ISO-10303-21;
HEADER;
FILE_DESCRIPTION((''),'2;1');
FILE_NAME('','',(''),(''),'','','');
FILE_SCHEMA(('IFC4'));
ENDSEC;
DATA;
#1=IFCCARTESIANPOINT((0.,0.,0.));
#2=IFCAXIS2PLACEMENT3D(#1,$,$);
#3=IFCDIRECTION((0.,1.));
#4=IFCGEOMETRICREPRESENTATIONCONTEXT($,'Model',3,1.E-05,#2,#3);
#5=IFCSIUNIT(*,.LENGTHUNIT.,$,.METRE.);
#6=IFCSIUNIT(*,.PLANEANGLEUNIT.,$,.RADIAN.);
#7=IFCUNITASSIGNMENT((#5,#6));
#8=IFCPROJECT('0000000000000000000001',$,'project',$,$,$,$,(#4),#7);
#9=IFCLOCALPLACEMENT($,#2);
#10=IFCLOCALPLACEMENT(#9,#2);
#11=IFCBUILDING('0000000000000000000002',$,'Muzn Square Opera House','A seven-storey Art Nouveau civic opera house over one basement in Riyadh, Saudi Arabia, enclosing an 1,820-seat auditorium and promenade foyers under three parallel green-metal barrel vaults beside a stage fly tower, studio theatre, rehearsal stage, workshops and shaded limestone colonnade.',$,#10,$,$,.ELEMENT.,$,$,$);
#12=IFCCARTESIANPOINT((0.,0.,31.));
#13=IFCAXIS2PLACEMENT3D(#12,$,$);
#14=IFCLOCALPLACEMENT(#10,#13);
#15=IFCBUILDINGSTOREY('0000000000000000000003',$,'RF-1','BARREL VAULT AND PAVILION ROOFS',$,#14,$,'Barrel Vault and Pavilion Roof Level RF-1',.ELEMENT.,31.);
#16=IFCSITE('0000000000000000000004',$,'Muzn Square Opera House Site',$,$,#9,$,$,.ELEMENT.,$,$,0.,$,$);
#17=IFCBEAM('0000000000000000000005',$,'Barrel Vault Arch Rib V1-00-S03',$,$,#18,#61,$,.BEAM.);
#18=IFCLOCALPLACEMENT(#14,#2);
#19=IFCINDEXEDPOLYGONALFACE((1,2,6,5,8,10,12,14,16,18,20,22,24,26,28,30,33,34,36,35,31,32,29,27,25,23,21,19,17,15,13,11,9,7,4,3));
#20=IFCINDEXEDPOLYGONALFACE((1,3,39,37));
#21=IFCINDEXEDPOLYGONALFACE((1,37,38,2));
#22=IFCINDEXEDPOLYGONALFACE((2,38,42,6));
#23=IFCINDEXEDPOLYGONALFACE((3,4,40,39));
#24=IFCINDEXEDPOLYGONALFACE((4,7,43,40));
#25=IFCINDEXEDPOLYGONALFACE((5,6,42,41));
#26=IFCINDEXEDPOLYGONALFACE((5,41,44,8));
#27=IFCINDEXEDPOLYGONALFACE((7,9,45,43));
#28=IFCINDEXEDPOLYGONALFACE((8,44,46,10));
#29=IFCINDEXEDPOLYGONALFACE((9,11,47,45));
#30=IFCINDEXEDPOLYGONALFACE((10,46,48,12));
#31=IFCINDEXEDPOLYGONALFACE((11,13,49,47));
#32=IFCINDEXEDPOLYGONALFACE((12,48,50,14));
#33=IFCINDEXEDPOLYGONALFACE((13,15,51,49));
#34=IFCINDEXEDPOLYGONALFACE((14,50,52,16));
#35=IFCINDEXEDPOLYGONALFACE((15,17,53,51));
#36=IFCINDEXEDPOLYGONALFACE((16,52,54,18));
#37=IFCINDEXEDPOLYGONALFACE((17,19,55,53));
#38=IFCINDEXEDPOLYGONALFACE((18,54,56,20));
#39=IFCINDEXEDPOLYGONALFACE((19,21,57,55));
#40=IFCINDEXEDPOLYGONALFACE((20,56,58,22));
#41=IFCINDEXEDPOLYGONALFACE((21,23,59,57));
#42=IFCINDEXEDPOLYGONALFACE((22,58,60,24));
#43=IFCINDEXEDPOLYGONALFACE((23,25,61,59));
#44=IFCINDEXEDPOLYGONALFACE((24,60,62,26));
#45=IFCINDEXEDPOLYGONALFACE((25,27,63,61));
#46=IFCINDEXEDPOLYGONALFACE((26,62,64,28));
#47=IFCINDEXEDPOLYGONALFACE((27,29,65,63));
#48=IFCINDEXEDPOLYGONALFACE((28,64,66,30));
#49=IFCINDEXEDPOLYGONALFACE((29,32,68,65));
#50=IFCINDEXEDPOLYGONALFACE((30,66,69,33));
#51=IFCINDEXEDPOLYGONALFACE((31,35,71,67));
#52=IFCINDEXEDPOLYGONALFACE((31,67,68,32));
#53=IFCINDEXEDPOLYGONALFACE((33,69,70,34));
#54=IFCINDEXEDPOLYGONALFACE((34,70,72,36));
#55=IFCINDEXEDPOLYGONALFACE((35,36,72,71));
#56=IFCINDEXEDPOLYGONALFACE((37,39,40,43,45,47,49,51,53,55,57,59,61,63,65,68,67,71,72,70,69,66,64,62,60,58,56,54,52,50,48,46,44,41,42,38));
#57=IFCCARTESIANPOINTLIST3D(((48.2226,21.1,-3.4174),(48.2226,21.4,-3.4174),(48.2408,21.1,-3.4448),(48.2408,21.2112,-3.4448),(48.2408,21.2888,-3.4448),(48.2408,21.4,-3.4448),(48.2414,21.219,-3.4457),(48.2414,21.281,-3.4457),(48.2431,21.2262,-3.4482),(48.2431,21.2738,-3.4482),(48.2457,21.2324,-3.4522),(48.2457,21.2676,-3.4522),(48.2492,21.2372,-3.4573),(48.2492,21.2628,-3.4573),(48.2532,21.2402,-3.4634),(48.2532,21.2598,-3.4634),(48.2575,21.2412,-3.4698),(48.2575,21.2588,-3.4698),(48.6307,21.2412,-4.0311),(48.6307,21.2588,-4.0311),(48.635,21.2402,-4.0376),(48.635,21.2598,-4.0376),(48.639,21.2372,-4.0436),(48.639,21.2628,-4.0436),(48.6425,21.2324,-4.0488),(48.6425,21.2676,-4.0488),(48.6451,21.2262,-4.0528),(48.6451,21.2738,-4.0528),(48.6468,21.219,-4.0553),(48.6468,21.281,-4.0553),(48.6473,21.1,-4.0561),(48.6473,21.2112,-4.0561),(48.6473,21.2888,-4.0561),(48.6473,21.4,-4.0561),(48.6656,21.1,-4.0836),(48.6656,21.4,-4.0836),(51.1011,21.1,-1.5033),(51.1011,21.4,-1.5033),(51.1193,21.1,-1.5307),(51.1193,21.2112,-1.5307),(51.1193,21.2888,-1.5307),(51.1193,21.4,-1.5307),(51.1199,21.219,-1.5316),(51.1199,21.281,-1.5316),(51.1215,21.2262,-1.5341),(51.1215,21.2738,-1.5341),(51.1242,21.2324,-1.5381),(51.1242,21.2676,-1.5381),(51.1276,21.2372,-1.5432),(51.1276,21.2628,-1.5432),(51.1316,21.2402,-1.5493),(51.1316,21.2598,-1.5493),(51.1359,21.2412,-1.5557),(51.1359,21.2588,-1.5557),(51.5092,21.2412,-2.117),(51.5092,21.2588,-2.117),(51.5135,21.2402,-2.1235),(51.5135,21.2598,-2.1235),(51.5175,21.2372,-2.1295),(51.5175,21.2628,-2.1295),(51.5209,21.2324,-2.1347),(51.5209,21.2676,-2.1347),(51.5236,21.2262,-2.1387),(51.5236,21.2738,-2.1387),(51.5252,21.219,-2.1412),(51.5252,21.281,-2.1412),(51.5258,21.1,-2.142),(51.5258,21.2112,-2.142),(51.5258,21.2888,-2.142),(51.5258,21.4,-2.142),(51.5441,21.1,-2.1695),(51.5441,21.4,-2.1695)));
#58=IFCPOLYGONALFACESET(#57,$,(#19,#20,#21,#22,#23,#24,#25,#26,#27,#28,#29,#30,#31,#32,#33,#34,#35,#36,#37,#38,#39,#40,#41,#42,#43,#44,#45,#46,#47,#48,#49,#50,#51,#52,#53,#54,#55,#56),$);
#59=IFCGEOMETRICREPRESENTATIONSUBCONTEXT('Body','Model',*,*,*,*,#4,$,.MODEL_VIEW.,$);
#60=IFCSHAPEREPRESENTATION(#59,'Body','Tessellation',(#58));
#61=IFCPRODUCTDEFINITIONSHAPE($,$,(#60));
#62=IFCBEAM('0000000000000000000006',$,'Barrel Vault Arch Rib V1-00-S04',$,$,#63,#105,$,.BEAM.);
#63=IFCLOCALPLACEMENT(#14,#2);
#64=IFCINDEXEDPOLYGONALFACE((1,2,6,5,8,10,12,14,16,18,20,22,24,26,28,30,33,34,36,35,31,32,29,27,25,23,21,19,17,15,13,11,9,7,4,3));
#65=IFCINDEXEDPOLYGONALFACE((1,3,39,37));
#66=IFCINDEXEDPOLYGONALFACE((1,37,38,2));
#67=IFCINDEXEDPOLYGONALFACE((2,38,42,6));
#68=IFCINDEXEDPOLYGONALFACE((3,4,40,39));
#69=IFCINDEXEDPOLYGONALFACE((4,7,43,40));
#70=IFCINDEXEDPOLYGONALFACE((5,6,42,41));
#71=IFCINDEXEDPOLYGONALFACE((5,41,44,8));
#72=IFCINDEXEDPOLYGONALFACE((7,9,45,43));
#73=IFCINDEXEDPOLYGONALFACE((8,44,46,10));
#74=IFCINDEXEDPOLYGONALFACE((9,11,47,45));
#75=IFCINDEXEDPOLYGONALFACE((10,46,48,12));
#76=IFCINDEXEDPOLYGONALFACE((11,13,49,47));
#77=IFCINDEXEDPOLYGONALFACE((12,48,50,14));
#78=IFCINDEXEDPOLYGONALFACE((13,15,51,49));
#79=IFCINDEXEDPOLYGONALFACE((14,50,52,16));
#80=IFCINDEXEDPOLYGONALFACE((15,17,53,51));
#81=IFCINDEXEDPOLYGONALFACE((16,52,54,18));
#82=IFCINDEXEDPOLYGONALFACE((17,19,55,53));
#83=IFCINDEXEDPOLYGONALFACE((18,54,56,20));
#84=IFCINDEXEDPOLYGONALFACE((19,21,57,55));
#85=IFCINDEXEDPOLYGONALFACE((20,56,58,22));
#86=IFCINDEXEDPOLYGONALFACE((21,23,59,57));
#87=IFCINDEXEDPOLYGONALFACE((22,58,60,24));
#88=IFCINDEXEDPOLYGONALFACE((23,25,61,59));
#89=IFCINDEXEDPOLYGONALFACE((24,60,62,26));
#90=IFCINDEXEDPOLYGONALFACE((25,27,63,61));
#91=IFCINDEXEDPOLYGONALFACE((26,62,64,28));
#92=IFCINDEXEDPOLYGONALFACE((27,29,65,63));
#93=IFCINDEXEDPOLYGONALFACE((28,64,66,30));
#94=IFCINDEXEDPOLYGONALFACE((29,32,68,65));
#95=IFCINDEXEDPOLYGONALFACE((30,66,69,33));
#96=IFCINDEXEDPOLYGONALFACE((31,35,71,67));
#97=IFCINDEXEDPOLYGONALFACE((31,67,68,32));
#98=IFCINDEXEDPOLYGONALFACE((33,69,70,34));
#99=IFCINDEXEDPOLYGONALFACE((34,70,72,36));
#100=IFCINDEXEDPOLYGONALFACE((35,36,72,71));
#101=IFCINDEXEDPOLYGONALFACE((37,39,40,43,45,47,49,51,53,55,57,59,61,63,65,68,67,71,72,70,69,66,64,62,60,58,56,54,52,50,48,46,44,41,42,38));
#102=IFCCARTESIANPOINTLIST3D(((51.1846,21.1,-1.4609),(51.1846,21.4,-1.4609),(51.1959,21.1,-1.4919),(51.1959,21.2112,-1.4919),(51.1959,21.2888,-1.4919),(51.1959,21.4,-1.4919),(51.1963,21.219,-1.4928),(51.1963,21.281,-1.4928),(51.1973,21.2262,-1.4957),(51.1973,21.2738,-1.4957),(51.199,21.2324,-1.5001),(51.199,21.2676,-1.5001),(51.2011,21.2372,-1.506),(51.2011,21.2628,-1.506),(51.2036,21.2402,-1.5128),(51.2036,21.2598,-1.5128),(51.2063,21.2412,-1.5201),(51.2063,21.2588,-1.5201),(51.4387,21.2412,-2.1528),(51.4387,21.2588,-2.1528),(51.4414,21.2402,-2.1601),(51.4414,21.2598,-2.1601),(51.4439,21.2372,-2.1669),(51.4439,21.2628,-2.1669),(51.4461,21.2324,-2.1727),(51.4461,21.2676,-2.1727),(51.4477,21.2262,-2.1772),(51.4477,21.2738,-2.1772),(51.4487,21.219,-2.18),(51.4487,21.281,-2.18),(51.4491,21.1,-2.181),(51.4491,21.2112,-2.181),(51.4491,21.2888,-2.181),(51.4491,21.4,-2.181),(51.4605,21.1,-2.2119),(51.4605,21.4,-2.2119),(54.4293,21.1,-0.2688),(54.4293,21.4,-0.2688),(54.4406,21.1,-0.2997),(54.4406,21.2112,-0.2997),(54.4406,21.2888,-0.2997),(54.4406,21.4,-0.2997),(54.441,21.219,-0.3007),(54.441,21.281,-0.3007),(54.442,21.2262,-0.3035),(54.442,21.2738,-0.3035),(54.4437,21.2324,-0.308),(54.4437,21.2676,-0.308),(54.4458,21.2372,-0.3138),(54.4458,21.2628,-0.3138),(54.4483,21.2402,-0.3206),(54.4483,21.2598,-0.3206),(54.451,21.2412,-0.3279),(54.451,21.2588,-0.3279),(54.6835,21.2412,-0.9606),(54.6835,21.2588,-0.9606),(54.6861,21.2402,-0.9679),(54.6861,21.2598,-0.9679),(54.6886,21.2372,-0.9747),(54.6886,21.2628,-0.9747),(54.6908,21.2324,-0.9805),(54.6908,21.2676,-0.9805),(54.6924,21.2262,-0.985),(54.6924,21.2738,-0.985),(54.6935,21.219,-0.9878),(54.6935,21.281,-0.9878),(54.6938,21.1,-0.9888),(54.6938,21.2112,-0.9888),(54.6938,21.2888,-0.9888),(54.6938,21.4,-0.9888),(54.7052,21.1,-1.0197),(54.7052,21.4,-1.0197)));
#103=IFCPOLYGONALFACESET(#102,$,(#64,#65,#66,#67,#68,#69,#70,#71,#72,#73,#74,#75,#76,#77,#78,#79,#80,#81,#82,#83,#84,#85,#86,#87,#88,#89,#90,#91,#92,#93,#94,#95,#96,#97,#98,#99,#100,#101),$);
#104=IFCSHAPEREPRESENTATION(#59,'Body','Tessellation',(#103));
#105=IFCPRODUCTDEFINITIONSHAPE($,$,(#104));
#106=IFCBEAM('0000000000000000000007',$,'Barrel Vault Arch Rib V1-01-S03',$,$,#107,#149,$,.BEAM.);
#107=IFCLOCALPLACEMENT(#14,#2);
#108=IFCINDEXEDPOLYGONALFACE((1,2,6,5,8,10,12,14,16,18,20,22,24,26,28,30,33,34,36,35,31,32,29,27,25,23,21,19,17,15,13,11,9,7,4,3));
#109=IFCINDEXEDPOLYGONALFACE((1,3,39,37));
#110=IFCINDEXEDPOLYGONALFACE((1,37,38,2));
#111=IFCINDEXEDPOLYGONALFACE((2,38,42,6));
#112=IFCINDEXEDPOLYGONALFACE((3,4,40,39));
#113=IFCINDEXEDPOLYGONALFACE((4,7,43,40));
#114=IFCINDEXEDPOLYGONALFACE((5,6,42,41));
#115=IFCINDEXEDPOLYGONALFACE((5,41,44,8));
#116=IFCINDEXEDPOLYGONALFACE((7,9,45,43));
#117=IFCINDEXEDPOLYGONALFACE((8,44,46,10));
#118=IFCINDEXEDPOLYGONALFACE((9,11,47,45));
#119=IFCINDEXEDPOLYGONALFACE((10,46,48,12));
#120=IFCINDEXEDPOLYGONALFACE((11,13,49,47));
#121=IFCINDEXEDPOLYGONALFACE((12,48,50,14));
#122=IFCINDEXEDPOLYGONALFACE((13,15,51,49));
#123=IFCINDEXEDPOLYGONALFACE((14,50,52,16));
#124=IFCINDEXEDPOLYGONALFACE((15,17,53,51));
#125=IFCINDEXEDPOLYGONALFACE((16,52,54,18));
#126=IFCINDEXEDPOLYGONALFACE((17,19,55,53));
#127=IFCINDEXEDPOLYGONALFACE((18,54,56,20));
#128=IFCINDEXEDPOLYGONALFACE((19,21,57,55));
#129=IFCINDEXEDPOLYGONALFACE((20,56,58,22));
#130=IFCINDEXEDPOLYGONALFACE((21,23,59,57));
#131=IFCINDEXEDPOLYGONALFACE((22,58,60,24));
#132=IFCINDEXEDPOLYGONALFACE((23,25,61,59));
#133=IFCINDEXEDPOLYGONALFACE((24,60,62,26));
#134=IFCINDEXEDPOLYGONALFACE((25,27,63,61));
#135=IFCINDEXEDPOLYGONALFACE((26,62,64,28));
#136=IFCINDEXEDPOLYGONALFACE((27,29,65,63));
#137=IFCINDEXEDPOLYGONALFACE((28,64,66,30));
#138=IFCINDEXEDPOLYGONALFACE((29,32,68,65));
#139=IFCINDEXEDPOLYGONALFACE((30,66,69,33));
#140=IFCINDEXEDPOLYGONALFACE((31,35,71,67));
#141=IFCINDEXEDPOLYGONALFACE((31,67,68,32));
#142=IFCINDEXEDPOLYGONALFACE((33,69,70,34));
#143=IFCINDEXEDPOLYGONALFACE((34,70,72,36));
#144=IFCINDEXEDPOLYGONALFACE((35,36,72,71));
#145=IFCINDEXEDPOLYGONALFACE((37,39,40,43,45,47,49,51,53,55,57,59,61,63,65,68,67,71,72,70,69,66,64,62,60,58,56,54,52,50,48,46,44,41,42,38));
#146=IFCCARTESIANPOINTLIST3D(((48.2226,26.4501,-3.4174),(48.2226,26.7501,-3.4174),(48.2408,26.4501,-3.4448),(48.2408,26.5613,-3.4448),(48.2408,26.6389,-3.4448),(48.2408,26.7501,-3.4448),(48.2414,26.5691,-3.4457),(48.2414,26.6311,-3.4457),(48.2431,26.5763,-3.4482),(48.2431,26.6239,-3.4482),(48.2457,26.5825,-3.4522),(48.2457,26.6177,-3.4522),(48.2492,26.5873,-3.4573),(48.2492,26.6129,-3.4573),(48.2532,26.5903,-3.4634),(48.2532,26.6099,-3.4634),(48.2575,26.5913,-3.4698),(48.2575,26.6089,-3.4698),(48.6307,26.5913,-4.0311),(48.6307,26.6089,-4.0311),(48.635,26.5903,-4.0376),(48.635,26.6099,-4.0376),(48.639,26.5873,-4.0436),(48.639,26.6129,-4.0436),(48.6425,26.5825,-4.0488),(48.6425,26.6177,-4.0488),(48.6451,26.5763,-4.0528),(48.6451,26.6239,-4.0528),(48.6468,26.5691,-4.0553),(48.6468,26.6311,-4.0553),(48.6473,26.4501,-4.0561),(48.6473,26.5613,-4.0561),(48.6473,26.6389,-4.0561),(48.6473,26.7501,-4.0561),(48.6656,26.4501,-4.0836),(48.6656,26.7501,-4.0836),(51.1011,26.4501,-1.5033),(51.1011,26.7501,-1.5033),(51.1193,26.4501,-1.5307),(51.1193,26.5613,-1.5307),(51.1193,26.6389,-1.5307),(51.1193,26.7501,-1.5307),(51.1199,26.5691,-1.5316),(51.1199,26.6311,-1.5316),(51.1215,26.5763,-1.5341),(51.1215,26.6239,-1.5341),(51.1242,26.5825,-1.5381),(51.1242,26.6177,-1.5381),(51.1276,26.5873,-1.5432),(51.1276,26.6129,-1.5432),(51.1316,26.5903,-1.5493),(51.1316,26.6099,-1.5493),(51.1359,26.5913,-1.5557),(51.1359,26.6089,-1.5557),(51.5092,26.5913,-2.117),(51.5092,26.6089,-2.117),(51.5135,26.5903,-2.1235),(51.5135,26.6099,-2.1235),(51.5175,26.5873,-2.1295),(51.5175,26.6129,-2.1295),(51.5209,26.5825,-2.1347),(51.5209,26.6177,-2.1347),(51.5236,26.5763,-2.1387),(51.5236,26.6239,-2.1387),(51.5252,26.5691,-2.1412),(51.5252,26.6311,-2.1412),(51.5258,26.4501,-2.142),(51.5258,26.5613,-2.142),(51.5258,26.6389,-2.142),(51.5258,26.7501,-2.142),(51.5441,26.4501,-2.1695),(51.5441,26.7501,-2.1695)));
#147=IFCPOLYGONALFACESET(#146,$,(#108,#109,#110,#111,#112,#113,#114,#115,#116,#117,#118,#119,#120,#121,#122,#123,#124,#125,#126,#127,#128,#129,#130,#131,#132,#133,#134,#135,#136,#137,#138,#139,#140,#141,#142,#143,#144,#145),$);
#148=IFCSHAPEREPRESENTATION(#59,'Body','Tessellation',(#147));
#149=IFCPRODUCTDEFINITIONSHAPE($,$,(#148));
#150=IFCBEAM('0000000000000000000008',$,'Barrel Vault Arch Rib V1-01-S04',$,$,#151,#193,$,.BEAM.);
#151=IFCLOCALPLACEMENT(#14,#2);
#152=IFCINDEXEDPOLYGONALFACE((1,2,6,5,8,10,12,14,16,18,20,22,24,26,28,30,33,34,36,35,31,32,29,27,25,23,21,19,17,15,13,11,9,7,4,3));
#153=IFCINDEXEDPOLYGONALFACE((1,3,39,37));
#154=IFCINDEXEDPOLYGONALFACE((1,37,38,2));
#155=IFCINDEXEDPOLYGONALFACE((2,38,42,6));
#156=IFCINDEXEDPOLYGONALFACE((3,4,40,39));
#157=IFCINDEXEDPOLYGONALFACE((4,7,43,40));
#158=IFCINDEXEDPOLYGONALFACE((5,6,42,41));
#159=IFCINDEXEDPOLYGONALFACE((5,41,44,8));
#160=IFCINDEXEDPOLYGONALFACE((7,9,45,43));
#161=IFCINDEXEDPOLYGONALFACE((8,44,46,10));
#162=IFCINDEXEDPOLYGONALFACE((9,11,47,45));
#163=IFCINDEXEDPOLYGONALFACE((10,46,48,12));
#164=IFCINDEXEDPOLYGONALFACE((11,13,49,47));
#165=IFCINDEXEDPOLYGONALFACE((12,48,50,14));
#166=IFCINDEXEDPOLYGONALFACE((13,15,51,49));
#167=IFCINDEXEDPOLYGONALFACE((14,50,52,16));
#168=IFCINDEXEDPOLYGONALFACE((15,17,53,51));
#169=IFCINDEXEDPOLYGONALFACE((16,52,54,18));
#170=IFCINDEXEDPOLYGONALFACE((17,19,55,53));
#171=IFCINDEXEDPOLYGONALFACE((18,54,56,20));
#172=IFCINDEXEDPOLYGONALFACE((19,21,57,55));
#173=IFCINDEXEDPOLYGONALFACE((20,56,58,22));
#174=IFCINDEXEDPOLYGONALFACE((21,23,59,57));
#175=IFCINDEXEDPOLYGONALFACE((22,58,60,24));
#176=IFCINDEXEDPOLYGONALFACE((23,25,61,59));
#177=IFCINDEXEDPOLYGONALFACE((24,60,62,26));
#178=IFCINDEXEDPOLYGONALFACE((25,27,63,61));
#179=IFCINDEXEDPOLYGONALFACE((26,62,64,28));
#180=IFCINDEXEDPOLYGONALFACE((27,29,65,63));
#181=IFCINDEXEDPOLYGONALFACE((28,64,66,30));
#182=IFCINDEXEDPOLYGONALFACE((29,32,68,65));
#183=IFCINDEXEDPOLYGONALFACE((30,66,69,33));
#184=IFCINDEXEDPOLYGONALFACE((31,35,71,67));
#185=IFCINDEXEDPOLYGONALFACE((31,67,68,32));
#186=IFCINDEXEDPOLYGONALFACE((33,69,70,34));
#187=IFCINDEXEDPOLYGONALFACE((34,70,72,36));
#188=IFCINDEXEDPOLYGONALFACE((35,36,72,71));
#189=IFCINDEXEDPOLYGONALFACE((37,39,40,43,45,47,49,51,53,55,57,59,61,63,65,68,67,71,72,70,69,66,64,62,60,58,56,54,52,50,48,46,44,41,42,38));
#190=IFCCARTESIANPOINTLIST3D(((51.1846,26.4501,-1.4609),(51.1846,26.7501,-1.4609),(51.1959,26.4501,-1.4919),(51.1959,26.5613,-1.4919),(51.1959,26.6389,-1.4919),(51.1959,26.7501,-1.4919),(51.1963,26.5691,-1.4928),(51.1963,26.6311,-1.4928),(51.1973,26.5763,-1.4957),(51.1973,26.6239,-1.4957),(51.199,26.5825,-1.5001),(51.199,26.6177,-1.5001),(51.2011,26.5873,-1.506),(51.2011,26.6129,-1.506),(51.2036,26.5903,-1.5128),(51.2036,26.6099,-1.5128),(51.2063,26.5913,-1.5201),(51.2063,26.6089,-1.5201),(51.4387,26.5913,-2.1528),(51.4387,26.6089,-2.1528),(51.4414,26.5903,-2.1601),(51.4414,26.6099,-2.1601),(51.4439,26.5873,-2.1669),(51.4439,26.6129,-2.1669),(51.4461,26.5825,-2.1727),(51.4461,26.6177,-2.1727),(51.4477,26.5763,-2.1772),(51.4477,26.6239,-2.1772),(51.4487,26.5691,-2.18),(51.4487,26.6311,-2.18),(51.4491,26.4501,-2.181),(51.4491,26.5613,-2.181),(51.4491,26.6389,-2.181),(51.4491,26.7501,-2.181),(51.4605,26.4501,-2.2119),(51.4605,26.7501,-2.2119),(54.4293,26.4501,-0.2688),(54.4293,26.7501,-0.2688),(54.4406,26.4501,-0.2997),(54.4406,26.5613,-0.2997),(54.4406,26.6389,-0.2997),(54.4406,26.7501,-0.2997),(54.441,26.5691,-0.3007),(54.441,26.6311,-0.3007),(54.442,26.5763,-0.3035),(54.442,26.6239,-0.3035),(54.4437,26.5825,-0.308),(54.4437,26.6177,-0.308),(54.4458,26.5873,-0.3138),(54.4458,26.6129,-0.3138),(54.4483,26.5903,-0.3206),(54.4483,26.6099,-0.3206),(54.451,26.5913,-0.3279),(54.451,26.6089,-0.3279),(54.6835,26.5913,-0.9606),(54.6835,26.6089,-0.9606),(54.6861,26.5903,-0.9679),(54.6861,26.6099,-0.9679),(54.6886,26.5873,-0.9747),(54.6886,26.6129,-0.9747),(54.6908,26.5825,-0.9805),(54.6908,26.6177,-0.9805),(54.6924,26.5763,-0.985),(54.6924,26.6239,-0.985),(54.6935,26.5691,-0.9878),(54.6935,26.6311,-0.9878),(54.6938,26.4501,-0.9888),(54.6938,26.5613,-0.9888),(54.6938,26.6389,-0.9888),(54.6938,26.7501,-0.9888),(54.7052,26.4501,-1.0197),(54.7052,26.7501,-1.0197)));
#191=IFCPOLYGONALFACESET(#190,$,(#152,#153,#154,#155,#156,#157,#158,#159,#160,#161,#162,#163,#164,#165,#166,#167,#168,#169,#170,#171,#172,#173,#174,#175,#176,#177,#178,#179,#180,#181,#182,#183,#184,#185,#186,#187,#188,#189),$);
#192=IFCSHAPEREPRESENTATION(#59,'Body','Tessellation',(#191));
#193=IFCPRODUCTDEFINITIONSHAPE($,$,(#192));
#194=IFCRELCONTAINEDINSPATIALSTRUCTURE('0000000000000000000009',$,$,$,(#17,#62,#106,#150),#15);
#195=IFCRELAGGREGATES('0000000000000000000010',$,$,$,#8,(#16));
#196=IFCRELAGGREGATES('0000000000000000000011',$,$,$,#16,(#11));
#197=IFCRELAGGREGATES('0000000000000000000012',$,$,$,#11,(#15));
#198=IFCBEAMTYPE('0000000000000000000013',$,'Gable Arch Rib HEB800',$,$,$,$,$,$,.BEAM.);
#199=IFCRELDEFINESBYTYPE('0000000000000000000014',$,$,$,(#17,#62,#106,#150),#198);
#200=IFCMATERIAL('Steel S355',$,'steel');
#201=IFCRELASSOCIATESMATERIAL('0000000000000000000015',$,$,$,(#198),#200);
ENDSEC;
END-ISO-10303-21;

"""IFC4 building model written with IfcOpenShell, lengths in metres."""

from ifc_helpers import new_model, si_unit, direction, frame, origin, origin_2d, place, context, subcontext, project, spatial, i_section, extrude, material, material_profile, profile_set, type_object, element, save


model = new_model("IFC4")

# Units and contexts
model_context = context("Model", 3, precision=1e-05, world=origin(), true_north=direction((0.0, 1.0)))
body_context = subcontext(model_context, "Body", "Model", "MODEL_VIEW")
ifc_project = project(units=[si_unit("LENGTHUNIT", "METRE"), si_unit("PLANEANGLEUNIT", "RADIAN")], contexts=[model_context])

# Site, building, storey
site_placement = place(None, origin())
site = spatial("IfcSite", under=ifc_project, at=site_placement, Name="Muzn Square Opera House Site", CompositionType="ELEMENT", RefElevation=0.0)
building_placement = place(site_placement, origin())
building = spatial("IfcBuilding", under=site, at=building_placement, Name="Muzn Square Opera House", Description="A seven-storey Art Nouveau civic opera house over one basement in Riyadh, Saudi Arabia, enclosing an 1,820-seat auditorium and promenade foyers under three parallel green-metal barrel vaults beside a stage fly tower, studio theatre, rehearsal stage, workshops and shaded limestone colonnade.", CompositionType="ELEMENT")
storey_placement = place(building_placement, frame((0.0, 0.0, 31.0)))
storey = spatial("IfcBuildingStorey", under=building, at=storey_placement, Name="RF-1", Description="BARREL VAULT AND PAVILION ROOFS", LongName="Barrel Vault and Pavilion Roof Level RF-1", CompositionType="ELEMENT", Elevation=31.0)

# Beams
ifc_material_1 = material(Name="Steel S355", Category="steel")
ifc_material_profile_1 = material_profile(ifc_material_1, i_section(OverallWidth=0.3, OverallDepth=0.8, WebThickness=0.0176, FlangeThickness=0.033, FilletRadius=0.03, at=origin_2d()), Name="HEB 800", Category="steel")
ifc_profile_set_1 = profile_set([ifc_material_profile_1], Name="Steel S355")
beam_type_1 = type_object("IfcBeamType", Name="Gable Arch Rib HEB800", PredefinedType="BEAM", material=ifc_profile_set_1)
for number, where, z_axis, x_axis, name in (
    (1, (48.4441, 21.25, -3.7505), (0.832702, 0.0, 0.553722), (0.0, 1.0, 0.0), "Barrel Vault Arch Rib V1-00-S03"),
    (2, (51.3225, 21.25, -1.8364), (0.938648, 0.0, 0.344877), (0.0, 1.0, 0.0), "Barrel Vault Arch Rib V1-00-S04"),
    (3, (48.4441, 26.6001, -3.7505), (0.832702, 0.0, 0.553722), (0.0, 1.0, 0.0), "Barrel Vault Arch Rib V1-01-S03"),
    (4, (51.3225, 26.6001, -1.8364), (0.938648, 0.0, 0.344877), (0.0, 1.0, 0.0), "Barrel Vault Arch Rib V1-01-S04"),
):
    element("IfcBeam", number, at=place(storey_placement, frame(where, z_axis=z_axis, x_axis=x_axis)), inside=storey, type_object=beam_type_1, Name=name, PredefinedType="BEAM", context=body_context, shape_type="SweptSolid", body=[
        extrude(i_section(OverallWidth=0.3, OverallDepth=0.8, WebThickness=0.0176, FlangeThickness=0.033, FilletRadius=0.03, at=origin_2d()), origin(), (0.0, 0.0, 1.0), 3.4568),
    ])

save(model, "model.ifc")
